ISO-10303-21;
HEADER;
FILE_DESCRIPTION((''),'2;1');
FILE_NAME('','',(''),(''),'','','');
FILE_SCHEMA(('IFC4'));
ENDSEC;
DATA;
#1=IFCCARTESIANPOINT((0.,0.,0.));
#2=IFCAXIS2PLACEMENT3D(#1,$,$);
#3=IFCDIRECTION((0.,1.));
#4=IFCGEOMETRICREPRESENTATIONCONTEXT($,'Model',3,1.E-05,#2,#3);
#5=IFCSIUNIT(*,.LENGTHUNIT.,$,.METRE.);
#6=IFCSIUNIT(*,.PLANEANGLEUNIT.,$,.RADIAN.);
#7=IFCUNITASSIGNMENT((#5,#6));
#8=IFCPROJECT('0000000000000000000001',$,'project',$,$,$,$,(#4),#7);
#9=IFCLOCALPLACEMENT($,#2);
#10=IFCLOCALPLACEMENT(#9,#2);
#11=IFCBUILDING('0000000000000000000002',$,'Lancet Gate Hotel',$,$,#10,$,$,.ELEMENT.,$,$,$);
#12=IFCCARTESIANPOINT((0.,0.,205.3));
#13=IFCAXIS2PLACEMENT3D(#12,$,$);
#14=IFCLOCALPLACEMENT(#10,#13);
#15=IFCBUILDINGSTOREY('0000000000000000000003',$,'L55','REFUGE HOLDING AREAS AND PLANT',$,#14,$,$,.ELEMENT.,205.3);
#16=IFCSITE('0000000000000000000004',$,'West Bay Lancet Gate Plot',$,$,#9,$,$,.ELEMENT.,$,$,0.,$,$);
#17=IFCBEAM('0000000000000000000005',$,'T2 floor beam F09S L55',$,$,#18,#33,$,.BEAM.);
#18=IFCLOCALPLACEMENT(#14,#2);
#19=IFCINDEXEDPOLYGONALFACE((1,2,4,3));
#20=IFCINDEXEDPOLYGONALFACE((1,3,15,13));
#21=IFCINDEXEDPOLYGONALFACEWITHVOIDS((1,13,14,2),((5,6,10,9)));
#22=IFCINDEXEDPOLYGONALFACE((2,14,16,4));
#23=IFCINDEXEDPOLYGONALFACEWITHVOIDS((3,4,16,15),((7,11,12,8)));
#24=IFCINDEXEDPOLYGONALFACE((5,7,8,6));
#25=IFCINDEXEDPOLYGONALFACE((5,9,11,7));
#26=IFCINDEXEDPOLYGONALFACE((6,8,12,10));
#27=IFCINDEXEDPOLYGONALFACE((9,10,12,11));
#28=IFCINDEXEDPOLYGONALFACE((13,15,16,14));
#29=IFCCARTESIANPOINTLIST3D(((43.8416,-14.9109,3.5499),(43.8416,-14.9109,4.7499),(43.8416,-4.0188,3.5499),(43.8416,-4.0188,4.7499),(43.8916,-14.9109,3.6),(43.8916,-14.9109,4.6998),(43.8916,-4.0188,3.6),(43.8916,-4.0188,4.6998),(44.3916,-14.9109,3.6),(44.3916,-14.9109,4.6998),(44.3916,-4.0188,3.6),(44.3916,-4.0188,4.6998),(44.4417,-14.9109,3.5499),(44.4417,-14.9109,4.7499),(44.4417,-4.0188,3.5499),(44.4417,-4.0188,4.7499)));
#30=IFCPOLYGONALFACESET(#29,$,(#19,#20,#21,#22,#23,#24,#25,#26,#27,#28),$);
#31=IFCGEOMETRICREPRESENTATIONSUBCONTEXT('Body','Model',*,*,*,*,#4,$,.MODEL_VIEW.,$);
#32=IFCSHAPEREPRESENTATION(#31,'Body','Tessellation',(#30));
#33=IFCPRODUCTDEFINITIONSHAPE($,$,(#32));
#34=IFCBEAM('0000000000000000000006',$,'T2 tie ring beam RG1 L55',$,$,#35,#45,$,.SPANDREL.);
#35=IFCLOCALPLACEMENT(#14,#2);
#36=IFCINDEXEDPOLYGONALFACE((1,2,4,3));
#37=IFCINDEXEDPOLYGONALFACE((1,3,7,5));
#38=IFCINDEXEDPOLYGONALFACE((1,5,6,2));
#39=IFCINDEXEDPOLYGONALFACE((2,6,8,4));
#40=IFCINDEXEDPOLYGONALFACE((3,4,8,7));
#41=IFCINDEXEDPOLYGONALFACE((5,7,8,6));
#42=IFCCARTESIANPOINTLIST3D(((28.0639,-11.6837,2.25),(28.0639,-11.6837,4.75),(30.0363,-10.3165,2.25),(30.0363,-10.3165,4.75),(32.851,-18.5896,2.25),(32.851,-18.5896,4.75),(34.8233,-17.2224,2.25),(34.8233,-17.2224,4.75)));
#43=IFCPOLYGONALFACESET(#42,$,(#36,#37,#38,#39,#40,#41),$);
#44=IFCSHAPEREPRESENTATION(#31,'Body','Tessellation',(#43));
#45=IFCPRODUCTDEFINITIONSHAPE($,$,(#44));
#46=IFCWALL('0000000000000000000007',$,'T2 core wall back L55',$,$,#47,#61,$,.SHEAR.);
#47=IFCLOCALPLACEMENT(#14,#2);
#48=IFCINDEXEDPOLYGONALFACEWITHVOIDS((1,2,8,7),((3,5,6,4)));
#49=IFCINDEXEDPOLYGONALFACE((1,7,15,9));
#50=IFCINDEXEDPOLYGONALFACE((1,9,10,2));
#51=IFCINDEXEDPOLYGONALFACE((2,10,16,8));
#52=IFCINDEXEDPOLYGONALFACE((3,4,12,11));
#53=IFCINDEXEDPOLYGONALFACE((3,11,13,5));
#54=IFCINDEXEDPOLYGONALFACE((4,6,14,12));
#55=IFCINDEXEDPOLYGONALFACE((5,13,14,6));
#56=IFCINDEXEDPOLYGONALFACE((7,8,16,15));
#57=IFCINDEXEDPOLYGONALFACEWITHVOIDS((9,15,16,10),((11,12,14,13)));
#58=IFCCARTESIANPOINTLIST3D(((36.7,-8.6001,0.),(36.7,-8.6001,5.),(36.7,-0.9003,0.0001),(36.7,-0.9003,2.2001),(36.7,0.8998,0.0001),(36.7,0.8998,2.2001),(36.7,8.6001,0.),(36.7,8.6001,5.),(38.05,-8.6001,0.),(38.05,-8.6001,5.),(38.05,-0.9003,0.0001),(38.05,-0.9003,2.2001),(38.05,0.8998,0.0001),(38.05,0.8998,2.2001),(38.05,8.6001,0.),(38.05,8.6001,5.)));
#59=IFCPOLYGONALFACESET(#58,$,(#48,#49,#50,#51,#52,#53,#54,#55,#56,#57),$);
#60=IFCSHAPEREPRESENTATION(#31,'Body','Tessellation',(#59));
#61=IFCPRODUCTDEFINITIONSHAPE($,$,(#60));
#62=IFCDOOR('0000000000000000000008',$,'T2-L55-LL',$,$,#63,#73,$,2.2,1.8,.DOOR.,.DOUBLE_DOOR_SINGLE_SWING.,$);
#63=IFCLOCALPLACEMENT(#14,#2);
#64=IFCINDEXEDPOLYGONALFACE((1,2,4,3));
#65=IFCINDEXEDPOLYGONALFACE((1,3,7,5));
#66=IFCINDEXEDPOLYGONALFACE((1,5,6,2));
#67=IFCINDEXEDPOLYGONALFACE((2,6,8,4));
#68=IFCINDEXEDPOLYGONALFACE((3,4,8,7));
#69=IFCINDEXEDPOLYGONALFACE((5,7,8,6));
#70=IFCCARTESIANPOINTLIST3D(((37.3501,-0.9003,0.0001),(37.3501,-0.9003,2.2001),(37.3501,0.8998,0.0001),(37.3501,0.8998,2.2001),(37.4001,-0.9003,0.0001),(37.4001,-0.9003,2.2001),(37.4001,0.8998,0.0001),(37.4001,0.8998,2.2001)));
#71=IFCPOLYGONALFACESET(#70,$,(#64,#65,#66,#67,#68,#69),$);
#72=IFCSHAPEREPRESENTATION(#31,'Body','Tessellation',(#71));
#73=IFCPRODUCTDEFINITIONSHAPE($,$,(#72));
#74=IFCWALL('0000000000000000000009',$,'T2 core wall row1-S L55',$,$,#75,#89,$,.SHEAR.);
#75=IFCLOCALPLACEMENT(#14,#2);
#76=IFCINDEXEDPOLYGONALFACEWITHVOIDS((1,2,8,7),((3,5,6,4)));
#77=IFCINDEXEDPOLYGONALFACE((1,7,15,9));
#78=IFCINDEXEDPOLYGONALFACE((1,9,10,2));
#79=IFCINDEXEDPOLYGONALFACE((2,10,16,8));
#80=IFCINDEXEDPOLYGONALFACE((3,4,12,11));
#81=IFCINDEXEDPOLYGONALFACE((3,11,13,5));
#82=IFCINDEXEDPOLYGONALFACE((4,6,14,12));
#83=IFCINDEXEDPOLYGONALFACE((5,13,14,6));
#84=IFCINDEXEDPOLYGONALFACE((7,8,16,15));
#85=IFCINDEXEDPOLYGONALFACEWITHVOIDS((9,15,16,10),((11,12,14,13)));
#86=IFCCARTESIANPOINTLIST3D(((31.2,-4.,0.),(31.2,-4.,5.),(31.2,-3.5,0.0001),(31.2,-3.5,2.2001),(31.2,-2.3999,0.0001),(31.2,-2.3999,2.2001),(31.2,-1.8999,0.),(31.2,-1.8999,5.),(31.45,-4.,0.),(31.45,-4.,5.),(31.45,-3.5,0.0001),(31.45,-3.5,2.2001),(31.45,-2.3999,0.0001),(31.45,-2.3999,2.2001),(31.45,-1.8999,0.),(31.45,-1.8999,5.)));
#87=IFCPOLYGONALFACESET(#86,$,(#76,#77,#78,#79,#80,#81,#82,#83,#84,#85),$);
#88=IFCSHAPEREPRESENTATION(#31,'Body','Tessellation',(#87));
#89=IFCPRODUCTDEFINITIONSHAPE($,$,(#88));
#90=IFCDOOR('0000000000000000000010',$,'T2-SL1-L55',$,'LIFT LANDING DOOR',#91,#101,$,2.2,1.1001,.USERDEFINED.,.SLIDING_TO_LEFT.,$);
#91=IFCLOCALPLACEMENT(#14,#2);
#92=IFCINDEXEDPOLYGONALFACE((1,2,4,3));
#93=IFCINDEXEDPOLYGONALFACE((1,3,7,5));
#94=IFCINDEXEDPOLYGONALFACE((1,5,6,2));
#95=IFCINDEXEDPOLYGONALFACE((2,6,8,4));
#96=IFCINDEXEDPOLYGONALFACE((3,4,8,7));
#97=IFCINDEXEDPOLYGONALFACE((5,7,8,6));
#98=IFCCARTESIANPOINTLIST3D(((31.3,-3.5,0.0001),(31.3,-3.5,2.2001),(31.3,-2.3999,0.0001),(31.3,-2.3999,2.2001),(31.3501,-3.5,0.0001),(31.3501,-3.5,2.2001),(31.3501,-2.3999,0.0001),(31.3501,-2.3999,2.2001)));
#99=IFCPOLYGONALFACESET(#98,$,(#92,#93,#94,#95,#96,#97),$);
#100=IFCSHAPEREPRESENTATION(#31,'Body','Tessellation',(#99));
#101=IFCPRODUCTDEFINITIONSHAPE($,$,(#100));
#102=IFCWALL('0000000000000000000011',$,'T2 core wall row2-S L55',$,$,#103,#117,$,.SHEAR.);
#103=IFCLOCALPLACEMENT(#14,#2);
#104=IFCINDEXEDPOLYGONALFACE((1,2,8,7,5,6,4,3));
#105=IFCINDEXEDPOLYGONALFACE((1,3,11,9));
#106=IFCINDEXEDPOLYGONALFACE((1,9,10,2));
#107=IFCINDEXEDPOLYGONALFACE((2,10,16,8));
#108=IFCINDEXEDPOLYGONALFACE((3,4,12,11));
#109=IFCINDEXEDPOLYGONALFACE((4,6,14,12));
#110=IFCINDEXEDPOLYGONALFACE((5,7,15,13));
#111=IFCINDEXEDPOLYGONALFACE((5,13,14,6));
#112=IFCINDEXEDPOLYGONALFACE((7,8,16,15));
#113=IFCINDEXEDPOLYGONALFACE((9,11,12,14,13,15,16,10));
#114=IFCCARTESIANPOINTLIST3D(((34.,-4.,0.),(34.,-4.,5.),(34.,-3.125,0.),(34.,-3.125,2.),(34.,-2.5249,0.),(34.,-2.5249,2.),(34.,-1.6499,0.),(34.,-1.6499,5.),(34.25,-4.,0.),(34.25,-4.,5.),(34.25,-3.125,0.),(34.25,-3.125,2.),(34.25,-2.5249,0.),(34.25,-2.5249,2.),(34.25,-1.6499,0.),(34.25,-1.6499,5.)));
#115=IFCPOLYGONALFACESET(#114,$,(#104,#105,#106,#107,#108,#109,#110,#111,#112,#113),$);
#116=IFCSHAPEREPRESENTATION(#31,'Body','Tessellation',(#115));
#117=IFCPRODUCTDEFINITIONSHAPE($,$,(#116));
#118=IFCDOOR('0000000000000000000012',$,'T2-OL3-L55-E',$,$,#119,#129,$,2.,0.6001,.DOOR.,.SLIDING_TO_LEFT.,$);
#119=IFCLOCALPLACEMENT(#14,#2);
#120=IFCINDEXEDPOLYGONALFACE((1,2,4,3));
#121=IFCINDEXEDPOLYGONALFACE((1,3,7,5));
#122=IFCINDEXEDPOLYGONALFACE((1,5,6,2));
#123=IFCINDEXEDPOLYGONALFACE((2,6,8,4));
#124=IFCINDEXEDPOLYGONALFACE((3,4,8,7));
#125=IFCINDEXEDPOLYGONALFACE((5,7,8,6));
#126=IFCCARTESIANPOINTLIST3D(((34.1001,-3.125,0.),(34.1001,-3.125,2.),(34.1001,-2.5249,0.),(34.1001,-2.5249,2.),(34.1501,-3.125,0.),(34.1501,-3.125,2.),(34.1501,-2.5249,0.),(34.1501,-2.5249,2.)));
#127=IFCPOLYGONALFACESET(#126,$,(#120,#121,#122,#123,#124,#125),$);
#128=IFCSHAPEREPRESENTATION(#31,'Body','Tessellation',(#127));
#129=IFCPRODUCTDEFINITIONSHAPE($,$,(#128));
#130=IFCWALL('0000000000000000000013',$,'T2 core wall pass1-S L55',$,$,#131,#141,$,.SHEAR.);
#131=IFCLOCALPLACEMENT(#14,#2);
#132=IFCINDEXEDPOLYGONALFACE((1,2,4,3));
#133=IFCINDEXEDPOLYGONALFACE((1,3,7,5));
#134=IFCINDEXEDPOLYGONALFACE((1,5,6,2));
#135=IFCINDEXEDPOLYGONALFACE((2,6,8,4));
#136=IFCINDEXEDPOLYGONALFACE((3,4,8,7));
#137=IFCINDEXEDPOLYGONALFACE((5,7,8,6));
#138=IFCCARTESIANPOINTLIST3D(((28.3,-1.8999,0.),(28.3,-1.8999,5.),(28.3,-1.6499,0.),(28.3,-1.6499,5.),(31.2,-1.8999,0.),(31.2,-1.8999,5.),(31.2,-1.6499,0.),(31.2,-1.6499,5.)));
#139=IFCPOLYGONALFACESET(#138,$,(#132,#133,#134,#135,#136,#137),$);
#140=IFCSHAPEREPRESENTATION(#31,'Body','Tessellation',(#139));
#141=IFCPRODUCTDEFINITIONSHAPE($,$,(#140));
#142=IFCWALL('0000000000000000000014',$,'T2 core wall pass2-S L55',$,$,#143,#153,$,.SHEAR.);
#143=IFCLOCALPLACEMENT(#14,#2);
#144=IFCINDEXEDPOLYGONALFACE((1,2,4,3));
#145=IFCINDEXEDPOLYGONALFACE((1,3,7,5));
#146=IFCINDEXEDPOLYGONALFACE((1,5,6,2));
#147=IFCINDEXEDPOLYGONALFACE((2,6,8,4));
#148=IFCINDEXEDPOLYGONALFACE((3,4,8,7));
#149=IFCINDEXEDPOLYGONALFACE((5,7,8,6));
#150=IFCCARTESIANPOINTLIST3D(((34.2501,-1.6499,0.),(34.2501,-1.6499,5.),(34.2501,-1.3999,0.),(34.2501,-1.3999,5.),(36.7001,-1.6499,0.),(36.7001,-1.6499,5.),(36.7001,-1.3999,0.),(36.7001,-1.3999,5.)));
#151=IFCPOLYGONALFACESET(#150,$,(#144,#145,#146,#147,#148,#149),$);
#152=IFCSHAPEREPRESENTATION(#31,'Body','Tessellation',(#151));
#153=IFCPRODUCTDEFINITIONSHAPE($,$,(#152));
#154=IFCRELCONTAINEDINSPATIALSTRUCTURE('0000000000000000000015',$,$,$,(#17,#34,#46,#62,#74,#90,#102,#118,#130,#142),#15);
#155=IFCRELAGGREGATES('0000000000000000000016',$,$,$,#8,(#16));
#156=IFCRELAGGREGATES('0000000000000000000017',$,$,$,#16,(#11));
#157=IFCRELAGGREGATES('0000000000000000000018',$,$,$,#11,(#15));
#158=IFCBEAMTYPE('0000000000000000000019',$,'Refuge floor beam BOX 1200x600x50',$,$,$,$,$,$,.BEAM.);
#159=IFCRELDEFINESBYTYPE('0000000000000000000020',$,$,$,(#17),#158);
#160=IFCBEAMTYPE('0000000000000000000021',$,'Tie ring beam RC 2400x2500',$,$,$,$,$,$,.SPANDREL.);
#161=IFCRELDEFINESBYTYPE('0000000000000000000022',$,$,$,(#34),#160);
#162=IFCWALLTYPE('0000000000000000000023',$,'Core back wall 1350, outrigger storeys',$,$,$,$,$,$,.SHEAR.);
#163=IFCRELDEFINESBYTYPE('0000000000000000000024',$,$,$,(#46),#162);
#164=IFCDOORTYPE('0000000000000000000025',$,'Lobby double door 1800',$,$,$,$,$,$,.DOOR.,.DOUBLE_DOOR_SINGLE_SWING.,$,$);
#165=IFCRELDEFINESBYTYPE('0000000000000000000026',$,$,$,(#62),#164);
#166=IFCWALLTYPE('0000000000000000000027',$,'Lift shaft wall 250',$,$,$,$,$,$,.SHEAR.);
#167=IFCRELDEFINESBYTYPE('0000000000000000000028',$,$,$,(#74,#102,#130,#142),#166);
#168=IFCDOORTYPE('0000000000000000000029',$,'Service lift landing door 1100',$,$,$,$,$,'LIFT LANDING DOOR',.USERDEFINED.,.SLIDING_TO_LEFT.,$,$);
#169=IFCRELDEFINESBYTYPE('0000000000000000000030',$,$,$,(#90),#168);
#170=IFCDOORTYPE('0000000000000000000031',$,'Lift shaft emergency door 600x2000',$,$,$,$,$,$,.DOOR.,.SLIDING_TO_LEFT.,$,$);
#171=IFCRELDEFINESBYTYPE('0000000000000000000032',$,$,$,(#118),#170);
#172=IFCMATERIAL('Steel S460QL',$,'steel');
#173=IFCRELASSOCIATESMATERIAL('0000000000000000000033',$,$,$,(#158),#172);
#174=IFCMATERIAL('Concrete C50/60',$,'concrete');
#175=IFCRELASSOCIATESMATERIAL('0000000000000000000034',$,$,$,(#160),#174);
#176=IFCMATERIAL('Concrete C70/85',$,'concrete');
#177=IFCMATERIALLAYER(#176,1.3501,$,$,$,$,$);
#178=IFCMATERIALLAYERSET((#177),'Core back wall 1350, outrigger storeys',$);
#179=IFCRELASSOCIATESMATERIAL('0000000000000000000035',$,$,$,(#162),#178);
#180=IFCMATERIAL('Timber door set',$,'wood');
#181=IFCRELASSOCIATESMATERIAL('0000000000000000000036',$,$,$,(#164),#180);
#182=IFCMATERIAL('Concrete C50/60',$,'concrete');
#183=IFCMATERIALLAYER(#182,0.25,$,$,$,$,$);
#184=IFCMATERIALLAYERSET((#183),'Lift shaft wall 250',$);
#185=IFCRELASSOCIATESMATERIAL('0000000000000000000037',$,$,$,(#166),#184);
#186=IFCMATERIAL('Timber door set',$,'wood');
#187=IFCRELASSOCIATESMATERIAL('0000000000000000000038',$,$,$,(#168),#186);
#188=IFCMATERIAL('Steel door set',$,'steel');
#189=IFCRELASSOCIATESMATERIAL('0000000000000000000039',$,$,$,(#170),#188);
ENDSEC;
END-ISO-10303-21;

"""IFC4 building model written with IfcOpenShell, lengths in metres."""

from ifc_helpers import new_model, si_unit, direction, frame, frame_2d, origin, origin_2d, place, context, subcontext, project, spatial, rectangle, hollow_rectangle, extrude, material, layer, layer_set, material_profile, profile_set, type_object, element, fill, save


model = new_model("IFC4")

# Units and contexts
model_context = context("Model", 3, precision=1e-05, world=origin(), true_north=direction((0.0, 1.0)))
body_context = subcontext(model_context, "Body", "Model", "MODEL_VIEW")
ifc_project = project(units=[si_unit("LENGTHUNIT", "METRE"), si_unit("PLANEANGLEUNIT", "RADIAN")], contexts=[model_context])

# Site, building, storey
site_placement = place(None, origin())
site = spatial("IfcSite", under=ifc_project, at=site_placement, Name="West Bay Lancet Gate Plot", CompositionType="ELEMENT", RefElevation=0.0)
building_placement = place(site_placement, origin())
building = spatial("IfcBuilding", under=site, at=building_placement, Name="Lancet Gate Hotel", CompositionType="ELEMENT")
storey_placement = place(building_placement, frame((0.0, 0.0, 205.3)))
storey = spatial("IfcBuildingStorey", under=building, at=storey_placement, Name="L55", Description="REFUGE HOLDING AREAS AND PLANT", CompositionType="ELEMENT", Elevation=205.3)

# Beams
ifc_material_1 = material(Name="Steel S460QL", Category="steel")
ifc_material_profile_1 = material_profile(ifc_material_1, hollow_rectangle(XDim=0.6001, YDim=1.2, WallThickness=0.05, at=origin_2d()), Name="BOX 1200x600x50")
ifc_profile_set_1 = profile_set([ifc_material_profile_1], Name="Steel S460QL")
beam_type_1 = type_object("IfcBeamType", Name="Refuge floor beam BOX 1200x600x50", PredefinedType="BEAM", material=ifc_profile_set_1)
beam_1_placement = place(storey_placement, frame((44.1416, -14.9109, 4.1499), z_axis=(0.0, 1.0, 0.0), x_axis=(-1.0, 0.0, 0.0)))
element("IfcBeam", 1, at=beam_1_placement, inside=storey, type_object=beam_type_1, Name="T2 floor beam F09S L55", PredefinedType="BEAM", context=body_context, shape_type="SweptSolid", body=[
    extrude(hollow_rectangle(XDim=0.6001, YDim=1.2, WallThickness=0.05, at=origin_2d()), origin(), (0.0, 0.0, 1.0), 10.8921),
])
ifc_material_2 = material(Name="Concrete C50/60", Category="concrete")
ifc_material_profile_2 = material_profile(ifc_material_2, rectangle(XDim=2.3999, YDim=2.5, at=origin_2d()), Name="RC 2400x2500")
ifc_profile_set_2 = profile_set([ifc_material_profile_2], Name="Concrete C50/60")
beam_type_2 = type_object("IfcBeamType", Name="Tie ring beam RC 2400x2500", PredefinedType="SPANDREL", material=ifc_profile_set_2)
beam_2_placement = place(storey_placement, frame((33.8372, -17.906, 3.5), z_axis=(-0.569695, 0.821856, 0.0), x_axis=(-0.821856, -0.569695, 0.0)))
element("IfcBeam", 2, at=beam_2_placement, inside=storey, type_object=beam_type_2, Name="T2 tie ring beam RG1 L55", PredefinedType="SPANDREL", context=body_context, shape_type="SweptSolid", body=[
    extrude(rectangle(XDim=2.3999, YDim=2.5, at=origin_2d()), origin(), (0.0, 0.0, 1.0), 8.4028),
])

# Walls, openings, doors
ifc_material_3 = material(Name="Concrete C70/85", Category="concrete")
ifc_layer_1 = layer(ifc_material_3, 1.3501)
ifc_layer_set_1 = layer_set([ifc_layer_1], Name="Core back wall 1350, outrigger storeys")
wall_type_1 = type_object("IfcWallType", Name="Core back wall 1350, outrigger storeys", PredefinedType="SHEAR", material=ifc_layer_set_1)
wall_1_placement = place(storey_placement, frame((37.375, -8.6001, 0.0), z_axis=(0.0, 0.0, 1.0), x_axis=(0.0, 1.0, 0.0)))
wall_1 = element("IfcWall", 3, at=wall_1_placement, inside=storey, type_object=wall_type_1, Name="T2 core wall back L55", PredefinedType="SHEAR", context=body_context, shape_type="SweptSolid", body=[
    extrude(rectangle(XDim=17.2002, YDim=1.3501, at=frame_2d((8.6001, 0.0))), origin(), (0.0, 0.0, 1.0), 5.0),
])
opening_1_placement = place(wall_1_placement, frame((7.7, 0.0, 0.0)))
opening_1 = element("IfcOpeningElement", 4, at=opening_1_placement, cuts=wall_1, PredefinedType="OPENING", context=body_context, shape_type="SweptSolid", body=[
    extrude(rectangle(XDim=1.8, YDim=2.2, at=frame_2d((0.8999, 1.1001))), frame((0.0, 0.6851, 0.0), z_axis=(0.0, -1.0, 0.0), x_axis=(1.0, 0.0, 0.0)), (0.0, 0.0, 1.0), 1.3701),
])
ifc_material_4 = material(Name="Timber door set", Category="wood")
door_type_1 = type_object("IfcDoorType", Name="Lobby double door 1800", OperationType="DOUBLE_DOOR_SINGLE_SWING", PredefinedType="DOOR", material=ifc_material_4)
door_1_placement = place(opening_1_placement, origin())
door_1 = element("IfcDoor", 5, at=door_1_placement, inside=storey, type_object=door_type_1, Name="T2-L55-LL", OperationType="DOUBLE_DOOR_SINGLE_SWING", OverallHeight=2.2, OverallWidth=1.8, PredefinedType="DOOR", context=body_context, shape_type="SweptSolid", body=[
    extrude(rectangle(XDim=1.8, YDim=2.2, at=frame_2d((0.8999, 1.1001))), frame((0.0, 0.0249, 0.0), z_axis=(0.0, -1.0, 0.0), x_axis=(1.0, 0.0, 0.0)), (0.0, 0.0, 1.0), 0.05),
])
fill(opening_1, door_1)
ifc_material_5 = material(Name="Concrete C50/60", Category="concrete")
ifc_layer_2 = layer(ifc_material_5, 0.25)
ifc_layer_set_2 = layer_set([ifc_layer_2], Name="Lift shaft wall 250")
wall_type_2 = type_object("IfcWallType", Name="Lift shaft wall 250", PredefinedType="SHEAR", material=ifc_layer_set_2)
wall_2_placement = place(storey_placement, frame((31.325, -4.0, 0.0), z_axis=(0.0, 0.0, 1.0), x_axis=(0.0, 1.0, 0.0)))
wall_2 = element("IfcWall", 6, at=wall_2_placement, inside=storey, type_object=wall_type_2, Name="T2 core wall row1-S L55", PredefinedType="SHEAR", context=body_context, shape_type="SweptSolid", body=[
    extrude(rectangle(XDim=2.1001, YDim=0.25, at=frame_2d((1.05, 0.0))), origin(), (0.0, 0.0, 1.0), 5.0),
])
opening_2_placement = place(wall_2_placement, frame((0.5, 0.0, 0.0)))
opening_2 = element("IfcOpeningElement", 7, at=opening_2_placement, cuts=wall_2, PredefinedType="OPENING", context=body_context, shape_type="SweptSolid", body=[
    extrude(rectangle(XDim=1.1001, YDim=2.2, at=frame_2d((0.55, 1.1001))), frame((0.0, 0.135, 0.0), z_axis=(0.0, -1.0, 0.0), x_axis=(1.0, 0.0, 0.0)), (0.0, 0.0, 1.0), 0.27),
])
ifc_material_6 = material(Name="Timber door set", Category="wood")
door_type_2 = type_object("IfcDoorType", Name="Service lift landing door 1100", ElementType="LIFT LANDING DOOR", OperationType="SLIDING_TO_LEFT", PredefinedType="USERDEFINED", material=ifc_material_6)
door_2_placement = place(opening_2_placement, origin())
door_2 = element("IfcDoor", 8, at=door_2_placement, inside=storey, type_object=door_type_2, Name="T2-SL1-L55", ObjectType="LIFT LANDING DOOR", OperationType="SLIDING_TO_LEFT", OverallHeight=2.2, OverallWidth=1.1001, PredefinedType="USERDEFINED", context=body_context, shape_type="SweptSolid", body=[
    extrude(rectangle(XDim=1.1001, YDim=2.2, at=frame_2d((0.55, 1.1001))), frame((0.0, 0.0249, 0.0), z_axis=(0.0, -1.0, 0.0), x_axis=(1.0, 0.0, 0.0)), (0.0, 0.0, 1.0), 0.05),
])
fill(opening_2, door_2)
wall_3_placement = place(storey_placement, frame((34.125, -4.0, 0.0), z_axis=(0.0, 0.0, 1.0), x_axis=(0.0, 1.0, 0.0)))
wall_3 = element("IfcWall", 9, at=wall_3_placement, inside=storey, type_object=wall_type_2, Name="T2 core wall row2-S L55", PredefinedType="SHEAR", context=body_context, shape_type="SweptSolid", body=[
    extrude(rectangle(XDim=2.3501, YDim=0.25, at=frame_2d((1.175, 0.0))), origin(), (0.0, 0.0, 1.0), 5.0),
])
opening_3_placement = place(wall_3_placement, frame((0.875, 0.0, 0.0)))
opening_3 = element("IfcOpeningElement", 10, at=opening_3_placement, cuts=wall_3, PredefinedType="OPENING", context=body_context, shape_type="SweptSolid", body=[
    extrude(rectangle(XDim=0.6001, YDim=2.0, at=frame_2d((0.3, 1.0))), frame((0.0, 0.135, 0.0), z_axis=(0.0, -1.0, 0.0), x_axis=(1.0, 0.0, 0.0)), (0.0, 0.0, 1.0), 0.27),
])
ifc_material_7 = material(Name="Steel door set", Category="steel")
door_type_3 = type_object("IfcDoorType", Name="Lift shaft emergency door 600x2000", OperationType="SLIDING_TO_LEFT", PredefinedType="DOOR", material=ifc_material_7)
door_3_placement = place(opening_3_placement, origin())
door_3 = element("IfcDoor", 11, at=door_3_placement, inside=storey, type_object=door_type_3, Name="T2-OL3-L55-E", OperationType="SLIDING_TO_LEFT", OverallHeight=2.0, OverallWidth=0.6001, PredefinedType="DOOR", context=body_context, shape_type="SweptSolid", body=[
    extrude(rectangle(XDim=0.6001, YDim=2.0, at=frame_2d((0.3, 1.0))), frame((0.0, 0.0249, 0.0), z_axis=(0.0, -1.0, 0.0), x_axis=(1.0, 0.0, 0.0)), (0.0, 0.0, 1.0), 0.05),
])
fill(opening_3, door_3)

# Walls
wall_4_placement = place(storey_placement, frame((28.3, -1.7749, 0.0), z_axis=(0.0, 0.0, 1.0), x_axis=(1.0, 0.0, 0.0)))
element("IfcWall", 12, at=wall_4_placement, inside=storey, type_object=wall_type_2, Name="T2 core wall pass1-S L55", PredefinedType="SHEAR", context=body_context, shape_type="SweptSolid", body=[
    extrude(rectangle(XDim=2.8999, YDim=0.25, at=frame_2d((1.45, 0.0))), origin(), (0.0, 0.0, 1.0), 5.0),
])
wall_5_placement = place(storey_placement, frame((34.25, -1.5249, 0.0), z_axis=(0.0, 0.0, 1.0), x_axis=(1.0, 0.0, 0.0)))
element("IfcWall", 13, at=wall_5_placement, inside=storey, type_object=wall_type_2, Name="T2 core wall pass2-S L55", PredefinedType="SHEAR", context=body_context, shape_type="SweptSolid", body=[
    extrude(rectangle(XDim=2.45, YDim=0.25, at=frame_2d((1.2251, 0.0))), origin(), (0.0, 0.0, 1.0), 5.0),
])

save(model, "model.ifc")
